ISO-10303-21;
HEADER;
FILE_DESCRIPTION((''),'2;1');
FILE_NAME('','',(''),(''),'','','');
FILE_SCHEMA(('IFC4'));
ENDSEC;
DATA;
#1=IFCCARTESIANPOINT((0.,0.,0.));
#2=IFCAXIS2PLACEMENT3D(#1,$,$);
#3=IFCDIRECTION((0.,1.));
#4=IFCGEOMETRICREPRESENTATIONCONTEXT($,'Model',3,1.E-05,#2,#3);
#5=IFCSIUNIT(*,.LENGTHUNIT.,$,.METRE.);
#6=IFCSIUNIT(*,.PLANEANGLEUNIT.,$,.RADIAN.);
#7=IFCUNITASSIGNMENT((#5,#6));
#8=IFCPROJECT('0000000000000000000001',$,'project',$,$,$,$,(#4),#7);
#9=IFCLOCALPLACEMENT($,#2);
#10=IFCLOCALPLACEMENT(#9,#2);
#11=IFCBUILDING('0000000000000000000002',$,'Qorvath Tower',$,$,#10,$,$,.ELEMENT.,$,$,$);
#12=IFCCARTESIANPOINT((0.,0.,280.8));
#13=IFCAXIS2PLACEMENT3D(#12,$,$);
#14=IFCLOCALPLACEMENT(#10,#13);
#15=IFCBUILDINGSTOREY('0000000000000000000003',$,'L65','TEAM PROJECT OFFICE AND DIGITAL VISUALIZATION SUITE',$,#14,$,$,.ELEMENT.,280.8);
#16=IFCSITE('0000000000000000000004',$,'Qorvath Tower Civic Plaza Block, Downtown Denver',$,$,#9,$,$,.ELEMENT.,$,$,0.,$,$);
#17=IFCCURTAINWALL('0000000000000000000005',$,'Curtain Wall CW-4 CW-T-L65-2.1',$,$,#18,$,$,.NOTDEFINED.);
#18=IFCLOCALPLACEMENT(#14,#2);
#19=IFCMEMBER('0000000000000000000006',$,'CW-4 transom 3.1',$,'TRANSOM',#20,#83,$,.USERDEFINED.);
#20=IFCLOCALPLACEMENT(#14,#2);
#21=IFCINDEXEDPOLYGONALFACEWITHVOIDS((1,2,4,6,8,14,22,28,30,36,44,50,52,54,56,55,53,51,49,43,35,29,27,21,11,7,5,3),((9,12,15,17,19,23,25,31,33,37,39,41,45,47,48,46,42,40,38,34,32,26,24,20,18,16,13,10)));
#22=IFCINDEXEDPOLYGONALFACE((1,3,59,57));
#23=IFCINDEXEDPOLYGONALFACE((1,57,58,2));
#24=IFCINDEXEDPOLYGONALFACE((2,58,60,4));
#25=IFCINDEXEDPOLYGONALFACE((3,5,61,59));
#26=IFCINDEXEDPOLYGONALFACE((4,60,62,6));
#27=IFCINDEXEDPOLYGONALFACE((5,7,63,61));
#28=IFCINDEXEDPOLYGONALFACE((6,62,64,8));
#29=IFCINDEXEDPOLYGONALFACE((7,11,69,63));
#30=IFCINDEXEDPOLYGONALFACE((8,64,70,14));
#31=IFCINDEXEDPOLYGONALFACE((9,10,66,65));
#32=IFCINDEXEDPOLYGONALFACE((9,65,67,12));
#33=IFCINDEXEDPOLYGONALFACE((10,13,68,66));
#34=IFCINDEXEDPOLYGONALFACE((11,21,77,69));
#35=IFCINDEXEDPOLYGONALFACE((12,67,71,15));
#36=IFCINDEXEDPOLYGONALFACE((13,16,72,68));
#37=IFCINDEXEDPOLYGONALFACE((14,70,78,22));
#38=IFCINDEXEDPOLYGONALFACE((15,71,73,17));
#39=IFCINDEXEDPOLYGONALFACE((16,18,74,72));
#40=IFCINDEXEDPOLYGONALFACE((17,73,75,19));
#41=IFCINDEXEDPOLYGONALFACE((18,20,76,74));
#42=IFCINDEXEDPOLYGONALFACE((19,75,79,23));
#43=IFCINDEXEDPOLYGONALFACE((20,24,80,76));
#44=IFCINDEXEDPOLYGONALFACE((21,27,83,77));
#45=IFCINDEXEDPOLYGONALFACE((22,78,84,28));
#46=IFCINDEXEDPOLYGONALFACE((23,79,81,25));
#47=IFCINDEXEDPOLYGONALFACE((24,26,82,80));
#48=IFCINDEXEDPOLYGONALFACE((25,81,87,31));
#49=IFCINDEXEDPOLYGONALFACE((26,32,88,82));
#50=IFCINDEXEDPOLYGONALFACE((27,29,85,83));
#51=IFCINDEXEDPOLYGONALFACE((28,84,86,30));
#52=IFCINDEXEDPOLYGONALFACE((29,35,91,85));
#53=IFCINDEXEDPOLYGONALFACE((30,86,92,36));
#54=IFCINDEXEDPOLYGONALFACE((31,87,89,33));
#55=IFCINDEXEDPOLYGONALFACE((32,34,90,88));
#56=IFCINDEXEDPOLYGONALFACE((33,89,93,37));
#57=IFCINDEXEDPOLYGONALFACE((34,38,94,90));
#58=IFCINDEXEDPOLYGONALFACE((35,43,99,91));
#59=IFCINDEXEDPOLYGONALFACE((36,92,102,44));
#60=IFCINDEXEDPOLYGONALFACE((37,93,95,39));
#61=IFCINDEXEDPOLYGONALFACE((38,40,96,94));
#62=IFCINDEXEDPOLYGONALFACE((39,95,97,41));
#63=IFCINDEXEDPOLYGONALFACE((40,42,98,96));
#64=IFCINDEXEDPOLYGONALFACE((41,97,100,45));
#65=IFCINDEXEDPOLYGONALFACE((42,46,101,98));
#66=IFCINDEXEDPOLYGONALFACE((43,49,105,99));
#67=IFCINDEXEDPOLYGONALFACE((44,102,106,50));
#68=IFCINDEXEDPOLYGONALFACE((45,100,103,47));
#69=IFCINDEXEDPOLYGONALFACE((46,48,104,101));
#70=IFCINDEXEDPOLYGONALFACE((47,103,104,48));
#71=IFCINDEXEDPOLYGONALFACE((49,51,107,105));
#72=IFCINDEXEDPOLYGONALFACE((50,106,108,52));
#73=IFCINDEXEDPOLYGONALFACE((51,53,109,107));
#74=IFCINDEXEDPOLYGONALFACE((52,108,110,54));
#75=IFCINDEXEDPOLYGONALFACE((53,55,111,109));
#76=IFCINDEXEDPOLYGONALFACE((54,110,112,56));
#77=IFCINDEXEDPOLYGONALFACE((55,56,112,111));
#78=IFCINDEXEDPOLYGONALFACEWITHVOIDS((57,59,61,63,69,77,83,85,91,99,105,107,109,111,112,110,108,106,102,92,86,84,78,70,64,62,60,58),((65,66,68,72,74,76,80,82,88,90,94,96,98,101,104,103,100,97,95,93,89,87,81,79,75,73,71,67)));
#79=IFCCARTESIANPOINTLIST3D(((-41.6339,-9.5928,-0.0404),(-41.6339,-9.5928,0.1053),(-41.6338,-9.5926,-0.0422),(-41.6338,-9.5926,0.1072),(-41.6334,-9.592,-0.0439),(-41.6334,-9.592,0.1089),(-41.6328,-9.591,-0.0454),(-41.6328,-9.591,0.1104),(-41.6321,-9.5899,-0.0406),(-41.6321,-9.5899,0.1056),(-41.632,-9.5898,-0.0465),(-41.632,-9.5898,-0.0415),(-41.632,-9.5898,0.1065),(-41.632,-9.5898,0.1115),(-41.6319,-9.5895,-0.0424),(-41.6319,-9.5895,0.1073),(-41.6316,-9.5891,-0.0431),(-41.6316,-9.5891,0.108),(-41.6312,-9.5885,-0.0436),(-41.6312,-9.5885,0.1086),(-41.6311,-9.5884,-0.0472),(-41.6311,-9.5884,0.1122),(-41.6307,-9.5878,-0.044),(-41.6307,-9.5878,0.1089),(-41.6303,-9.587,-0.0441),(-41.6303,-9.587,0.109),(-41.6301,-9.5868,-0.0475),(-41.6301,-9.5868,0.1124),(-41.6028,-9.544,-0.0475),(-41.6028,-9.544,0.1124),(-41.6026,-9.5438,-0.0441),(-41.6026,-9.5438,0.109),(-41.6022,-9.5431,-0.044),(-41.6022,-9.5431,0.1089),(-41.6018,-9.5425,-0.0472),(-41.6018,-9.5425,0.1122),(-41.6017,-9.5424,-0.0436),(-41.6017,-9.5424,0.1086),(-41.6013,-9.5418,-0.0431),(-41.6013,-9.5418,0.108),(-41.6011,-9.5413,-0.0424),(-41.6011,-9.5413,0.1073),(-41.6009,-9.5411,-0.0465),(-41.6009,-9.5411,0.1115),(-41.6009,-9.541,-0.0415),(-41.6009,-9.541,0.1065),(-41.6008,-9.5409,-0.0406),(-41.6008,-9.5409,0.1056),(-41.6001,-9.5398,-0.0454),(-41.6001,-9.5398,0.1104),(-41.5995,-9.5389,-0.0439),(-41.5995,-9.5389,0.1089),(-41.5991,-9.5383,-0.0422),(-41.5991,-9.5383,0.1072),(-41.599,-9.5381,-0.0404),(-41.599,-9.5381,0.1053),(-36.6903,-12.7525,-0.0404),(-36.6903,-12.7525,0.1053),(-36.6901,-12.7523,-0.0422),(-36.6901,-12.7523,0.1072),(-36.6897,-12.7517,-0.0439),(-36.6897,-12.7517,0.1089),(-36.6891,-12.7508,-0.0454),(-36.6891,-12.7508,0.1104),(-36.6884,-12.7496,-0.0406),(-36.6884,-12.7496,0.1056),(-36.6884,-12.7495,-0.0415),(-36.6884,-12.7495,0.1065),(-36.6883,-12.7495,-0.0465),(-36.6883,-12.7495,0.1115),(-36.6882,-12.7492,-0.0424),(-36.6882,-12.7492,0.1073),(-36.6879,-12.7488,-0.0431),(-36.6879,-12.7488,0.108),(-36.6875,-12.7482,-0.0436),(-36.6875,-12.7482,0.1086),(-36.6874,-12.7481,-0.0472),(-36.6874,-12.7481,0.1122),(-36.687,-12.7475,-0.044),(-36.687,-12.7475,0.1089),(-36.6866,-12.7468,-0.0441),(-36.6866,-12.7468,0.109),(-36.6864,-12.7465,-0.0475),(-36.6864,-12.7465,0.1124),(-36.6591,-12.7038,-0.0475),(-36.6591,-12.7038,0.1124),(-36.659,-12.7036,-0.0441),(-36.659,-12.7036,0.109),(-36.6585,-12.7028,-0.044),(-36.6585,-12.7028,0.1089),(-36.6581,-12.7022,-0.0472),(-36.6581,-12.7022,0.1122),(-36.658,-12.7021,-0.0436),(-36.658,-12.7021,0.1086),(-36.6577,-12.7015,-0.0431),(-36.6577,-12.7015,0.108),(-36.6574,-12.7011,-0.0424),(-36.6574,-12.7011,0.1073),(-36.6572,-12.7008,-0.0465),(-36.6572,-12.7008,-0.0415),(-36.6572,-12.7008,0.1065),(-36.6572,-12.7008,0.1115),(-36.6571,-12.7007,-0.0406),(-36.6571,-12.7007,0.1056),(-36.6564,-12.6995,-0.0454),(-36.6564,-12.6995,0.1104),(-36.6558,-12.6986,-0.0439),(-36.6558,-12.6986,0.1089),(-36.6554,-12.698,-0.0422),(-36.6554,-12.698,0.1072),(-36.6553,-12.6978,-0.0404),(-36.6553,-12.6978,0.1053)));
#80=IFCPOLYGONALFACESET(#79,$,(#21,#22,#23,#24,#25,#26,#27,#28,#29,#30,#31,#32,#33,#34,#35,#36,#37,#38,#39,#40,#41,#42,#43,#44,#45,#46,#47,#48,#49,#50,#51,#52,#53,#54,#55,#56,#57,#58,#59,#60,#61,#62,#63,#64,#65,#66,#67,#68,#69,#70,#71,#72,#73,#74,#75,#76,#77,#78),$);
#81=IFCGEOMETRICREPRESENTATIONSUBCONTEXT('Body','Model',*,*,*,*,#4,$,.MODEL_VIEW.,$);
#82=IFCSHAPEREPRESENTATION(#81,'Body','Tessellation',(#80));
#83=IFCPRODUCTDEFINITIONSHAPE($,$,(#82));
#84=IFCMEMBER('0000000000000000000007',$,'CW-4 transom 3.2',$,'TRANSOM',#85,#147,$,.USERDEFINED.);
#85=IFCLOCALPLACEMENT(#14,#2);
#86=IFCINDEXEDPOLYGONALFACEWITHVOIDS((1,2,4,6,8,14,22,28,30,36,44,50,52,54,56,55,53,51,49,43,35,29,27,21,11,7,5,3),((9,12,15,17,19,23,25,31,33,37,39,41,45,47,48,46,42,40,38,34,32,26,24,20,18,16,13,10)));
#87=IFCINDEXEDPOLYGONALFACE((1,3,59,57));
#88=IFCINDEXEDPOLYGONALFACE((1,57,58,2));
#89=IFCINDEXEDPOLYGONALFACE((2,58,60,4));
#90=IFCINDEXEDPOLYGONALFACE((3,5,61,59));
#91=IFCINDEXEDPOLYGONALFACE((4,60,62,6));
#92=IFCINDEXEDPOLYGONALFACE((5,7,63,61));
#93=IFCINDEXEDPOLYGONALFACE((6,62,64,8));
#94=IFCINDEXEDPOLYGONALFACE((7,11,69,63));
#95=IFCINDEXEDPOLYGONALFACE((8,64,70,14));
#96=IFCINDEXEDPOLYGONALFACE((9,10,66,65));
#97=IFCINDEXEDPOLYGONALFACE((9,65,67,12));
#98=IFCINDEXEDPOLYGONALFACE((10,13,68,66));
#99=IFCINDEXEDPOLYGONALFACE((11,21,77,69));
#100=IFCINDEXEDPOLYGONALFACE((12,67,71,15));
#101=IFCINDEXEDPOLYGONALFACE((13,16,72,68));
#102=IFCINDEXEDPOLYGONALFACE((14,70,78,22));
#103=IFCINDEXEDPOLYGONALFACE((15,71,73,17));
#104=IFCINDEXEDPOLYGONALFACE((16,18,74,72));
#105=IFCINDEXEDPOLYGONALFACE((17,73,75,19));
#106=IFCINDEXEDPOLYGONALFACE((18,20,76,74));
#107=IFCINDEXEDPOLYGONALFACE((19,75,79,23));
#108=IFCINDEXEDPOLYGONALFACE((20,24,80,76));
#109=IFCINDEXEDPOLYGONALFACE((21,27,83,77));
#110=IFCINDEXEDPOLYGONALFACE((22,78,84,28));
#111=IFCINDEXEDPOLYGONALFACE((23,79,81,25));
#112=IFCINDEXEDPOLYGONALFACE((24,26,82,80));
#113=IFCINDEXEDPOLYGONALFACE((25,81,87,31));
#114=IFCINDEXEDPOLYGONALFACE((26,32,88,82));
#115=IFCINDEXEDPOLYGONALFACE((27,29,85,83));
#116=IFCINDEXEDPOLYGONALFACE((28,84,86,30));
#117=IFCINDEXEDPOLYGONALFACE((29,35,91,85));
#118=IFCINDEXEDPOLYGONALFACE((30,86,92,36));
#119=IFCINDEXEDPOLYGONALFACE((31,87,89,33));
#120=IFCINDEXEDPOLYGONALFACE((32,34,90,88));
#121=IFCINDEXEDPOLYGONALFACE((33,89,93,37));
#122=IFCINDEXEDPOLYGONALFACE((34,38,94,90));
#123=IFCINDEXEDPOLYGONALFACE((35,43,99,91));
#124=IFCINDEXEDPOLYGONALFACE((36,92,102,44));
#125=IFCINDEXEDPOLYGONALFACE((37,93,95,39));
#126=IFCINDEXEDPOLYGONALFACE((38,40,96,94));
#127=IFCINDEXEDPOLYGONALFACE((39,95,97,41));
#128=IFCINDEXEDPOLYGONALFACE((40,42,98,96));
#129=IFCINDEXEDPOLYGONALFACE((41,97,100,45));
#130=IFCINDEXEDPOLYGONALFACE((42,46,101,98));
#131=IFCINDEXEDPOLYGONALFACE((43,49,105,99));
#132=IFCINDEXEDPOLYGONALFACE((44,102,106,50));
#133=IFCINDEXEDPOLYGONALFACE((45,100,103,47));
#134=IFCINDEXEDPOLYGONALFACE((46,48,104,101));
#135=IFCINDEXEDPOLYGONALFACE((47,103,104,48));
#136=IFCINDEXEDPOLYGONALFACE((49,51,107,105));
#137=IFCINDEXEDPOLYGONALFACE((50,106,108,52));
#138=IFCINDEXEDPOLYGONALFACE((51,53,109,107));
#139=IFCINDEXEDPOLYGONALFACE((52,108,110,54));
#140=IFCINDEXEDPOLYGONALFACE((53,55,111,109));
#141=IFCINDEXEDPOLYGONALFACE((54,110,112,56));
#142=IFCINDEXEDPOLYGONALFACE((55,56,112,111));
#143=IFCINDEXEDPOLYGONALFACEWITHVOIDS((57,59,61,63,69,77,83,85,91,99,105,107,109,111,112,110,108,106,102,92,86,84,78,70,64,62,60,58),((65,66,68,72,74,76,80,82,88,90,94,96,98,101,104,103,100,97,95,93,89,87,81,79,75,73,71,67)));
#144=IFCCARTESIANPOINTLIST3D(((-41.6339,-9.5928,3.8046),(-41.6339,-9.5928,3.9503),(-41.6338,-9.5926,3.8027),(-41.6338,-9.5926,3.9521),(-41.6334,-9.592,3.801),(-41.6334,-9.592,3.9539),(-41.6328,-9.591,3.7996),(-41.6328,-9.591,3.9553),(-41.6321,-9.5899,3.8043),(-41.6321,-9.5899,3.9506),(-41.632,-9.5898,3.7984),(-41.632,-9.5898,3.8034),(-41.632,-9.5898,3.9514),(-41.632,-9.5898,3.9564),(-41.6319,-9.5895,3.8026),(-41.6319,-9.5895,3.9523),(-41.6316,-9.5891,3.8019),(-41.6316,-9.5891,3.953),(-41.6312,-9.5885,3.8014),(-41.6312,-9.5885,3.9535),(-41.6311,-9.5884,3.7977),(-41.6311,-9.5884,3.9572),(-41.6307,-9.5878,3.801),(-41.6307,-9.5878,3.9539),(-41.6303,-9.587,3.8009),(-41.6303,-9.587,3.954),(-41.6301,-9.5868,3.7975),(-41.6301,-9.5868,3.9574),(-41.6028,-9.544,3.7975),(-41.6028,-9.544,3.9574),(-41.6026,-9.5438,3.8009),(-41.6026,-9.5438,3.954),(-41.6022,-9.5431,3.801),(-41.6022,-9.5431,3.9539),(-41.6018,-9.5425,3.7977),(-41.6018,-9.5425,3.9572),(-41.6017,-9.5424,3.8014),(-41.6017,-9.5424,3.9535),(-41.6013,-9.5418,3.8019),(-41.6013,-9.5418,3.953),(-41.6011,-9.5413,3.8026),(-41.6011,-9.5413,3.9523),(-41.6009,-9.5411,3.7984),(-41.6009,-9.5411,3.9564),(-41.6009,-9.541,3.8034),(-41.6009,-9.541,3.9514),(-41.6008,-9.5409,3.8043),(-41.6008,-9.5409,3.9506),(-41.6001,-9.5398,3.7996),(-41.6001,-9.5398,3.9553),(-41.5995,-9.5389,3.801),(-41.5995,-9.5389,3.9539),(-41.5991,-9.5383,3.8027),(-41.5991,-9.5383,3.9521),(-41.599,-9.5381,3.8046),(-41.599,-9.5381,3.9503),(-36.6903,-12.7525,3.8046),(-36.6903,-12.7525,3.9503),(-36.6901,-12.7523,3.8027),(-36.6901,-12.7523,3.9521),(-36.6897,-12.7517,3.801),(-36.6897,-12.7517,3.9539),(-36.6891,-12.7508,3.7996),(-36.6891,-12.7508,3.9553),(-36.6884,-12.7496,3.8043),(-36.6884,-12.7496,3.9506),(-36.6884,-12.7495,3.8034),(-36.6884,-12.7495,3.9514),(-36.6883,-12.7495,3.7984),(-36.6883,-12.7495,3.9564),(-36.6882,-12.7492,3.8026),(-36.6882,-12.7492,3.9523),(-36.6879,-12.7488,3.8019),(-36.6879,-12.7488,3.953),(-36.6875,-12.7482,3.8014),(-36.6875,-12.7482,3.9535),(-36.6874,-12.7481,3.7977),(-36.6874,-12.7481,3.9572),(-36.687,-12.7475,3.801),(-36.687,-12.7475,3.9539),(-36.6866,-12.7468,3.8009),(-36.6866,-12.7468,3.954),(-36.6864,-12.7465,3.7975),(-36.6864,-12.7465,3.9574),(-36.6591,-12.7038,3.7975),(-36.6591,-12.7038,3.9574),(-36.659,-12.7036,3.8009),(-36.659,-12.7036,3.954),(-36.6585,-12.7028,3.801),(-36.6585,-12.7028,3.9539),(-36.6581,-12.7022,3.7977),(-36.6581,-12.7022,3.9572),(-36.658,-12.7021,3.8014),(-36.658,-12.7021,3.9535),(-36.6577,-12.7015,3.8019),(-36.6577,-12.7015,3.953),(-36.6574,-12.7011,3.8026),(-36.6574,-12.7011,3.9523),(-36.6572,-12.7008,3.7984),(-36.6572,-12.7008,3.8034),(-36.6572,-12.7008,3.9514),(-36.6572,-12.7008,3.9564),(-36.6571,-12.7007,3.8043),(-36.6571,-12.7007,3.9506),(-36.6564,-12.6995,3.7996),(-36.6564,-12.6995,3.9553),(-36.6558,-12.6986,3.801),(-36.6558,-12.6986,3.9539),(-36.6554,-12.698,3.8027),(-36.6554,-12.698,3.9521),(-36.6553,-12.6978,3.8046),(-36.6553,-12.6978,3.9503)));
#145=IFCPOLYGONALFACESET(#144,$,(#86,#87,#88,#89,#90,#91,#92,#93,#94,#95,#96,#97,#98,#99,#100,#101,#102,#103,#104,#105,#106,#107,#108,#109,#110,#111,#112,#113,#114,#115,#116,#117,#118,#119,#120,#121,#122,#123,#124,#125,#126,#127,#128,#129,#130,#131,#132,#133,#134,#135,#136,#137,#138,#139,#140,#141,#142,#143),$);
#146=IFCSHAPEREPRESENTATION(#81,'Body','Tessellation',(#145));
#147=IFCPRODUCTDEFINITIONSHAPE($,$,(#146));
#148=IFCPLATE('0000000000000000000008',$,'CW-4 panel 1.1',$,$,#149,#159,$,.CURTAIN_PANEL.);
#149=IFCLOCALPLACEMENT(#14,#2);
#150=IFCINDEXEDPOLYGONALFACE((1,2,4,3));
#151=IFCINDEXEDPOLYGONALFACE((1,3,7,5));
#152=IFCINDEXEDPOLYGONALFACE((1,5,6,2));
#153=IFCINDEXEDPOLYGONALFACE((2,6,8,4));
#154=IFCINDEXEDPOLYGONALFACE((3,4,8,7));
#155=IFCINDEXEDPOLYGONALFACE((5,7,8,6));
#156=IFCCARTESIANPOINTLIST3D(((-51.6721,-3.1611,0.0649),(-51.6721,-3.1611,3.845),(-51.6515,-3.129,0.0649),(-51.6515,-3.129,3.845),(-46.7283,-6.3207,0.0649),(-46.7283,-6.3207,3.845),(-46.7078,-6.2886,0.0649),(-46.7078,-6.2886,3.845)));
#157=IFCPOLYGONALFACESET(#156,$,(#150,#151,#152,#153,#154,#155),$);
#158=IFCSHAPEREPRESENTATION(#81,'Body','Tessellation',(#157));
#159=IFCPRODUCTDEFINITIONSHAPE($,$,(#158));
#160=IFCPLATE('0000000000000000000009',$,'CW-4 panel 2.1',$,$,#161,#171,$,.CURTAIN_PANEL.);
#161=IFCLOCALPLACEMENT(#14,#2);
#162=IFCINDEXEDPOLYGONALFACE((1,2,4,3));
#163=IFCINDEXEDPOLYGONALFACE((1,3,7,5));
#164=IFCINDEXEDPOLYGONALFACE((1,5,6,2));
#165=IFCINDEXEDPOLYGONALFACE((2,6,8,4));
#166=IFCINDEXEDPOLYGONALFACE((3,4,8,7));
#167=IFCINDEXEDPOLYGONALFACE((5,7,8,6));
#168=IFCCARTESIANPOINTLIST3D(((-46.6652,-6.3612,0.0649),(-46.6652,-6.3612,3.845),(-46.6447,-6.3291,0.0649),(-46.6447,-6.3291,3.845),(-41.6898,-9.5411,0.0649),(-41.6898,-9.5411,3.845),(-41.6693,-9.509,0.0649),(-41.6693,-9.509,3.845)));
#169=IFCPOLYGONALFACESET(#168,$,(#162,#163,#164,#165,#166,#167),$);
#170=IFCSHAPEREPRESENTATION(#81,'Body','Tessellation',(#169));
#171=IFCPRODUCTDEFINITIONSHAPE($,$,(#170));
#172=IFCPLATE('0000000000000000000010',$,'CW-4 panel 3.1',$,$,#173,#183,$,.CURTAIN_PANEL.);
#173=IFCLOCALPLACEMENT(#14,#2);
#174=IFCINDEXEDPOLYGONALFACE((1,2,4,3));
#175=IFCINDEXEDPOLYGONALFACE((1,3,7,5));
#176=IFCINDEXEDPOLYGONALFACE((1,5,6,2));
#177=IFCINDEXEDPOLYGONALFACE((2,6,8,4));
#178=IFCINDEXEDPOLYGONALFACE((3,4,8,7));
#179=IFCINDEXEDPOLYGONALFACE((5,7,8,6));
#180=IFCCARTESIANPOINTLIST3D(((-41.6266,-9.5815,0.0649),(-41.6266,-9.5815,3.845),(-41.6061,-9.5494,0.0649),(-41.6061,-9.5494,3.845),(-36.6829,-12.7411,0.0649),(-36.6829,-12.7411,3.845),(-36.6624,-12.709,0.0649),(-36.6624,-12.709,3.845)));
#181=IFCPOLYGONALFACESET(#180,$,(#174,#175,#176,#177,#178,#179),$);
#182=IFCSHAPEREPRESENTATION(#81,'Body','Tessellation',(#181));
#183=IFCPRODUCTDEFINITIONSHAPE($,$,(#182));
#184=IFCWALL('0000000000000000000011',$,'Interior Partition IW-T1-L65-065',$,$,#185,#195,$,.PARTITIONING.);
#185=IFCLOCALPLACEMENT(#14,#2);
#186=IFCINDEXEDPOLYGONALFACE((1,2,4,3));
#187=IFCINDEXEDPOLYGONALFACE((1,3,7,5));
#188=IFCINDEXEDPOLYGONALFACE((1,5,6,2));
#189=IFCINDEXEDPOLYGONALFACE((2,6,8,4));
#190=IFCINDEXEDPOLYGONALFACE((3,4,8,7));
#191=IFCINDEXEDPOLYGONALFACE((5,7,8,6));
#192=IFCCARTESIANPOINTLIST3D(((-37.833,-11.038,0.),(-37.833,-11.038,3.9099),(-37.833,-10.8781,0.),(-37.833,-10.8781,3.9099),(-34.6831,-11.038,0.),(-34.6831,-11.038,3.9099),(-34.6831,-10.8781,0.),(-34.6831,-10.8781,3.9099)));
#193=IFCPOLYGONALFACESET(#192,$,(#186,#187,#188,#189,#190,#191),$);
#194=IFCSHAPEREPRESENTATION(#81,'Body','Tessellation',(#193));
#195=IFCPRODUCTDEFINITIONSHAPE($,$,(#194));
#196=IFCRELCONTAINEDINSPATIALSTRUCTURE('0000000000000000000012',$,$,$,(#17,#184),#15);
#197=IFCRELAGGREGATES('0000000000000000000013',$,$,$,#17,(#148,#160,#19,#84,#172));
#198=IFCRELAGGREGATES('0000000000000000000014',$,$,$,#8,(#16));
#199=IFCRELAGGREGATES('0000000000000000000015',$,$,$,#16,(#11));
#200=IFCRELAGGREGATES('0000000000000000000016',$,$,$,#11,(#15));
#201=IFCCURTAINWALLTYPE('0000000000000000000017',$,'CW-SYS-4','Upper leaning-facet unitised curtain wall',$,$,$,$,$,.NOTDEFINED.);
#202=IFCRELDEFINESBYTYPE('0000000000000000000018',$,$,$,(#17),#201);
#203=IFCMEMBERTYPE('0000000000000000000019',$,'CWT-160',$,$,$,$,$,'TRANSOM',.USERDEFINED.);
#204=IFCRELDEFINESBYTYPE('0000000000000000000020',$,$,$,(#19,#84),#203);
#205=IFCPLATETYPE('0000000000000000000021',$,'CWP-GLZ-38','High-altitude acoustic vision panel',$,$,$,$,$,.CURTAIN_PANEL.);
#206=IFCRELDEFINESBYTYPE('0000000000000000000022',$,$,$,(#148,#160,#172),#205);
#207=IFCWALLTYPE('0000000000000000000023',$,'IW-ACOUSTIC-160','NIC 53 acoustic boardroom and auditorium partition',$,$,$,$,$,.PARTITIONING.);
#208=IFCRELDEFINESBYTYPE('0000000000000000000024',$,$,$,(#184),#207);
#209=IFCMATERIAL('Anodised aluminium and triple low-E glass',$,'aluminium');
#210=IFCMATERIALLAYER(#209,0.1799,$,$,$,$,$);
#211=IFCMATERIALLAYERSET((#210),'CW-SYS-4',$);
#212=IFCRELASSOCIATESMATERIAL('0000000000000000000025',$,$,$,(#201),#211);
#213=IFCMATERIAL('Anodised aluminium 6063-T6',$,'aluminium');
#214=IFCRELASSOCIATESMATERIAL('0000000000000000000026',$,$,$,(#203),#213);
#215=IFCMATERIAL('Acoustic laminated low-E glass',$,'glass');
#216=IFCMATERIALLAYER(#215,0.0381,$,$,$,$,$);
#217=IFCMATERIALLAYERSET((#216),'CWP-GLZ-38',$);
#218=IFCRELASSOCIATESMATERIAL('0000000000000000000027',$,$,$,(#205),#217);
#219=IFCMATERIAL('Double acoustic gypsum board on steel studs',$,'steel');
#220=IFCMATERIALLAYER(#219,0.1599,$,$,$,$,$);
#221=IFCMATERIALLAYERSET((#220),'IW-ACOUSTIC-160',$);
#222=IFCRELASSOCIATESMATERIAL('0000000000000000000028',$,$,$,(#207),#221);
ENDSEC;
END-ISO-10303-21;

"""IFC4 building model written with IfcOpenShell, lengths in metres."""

from ifc_helpers import new_model, si_unit, direction, frame, frame_2d, origin, origin_2d, place, context, subcontext, project, spatial, rectangle, hollow_rectangle, extrude, material, layer, layer_set, material_profile, profile_set, type_object, element, aggregate, save


model = new_model("IFC4")

# Units and contexts
model_context = context("Model", 3, precision=1e-05, world=origin(), true_north=direction((0.0, 1.0)))
body_context = subcontext(model_context, "Body", "Model", "MODEL_VIEW")
ifc_project = project(units=[si_unit("LENGTHUNIT", "METRE"), si_unit("PLANEANGLEUNIT", "RADIAN")], contexts=[model_context])

# Site, building, storey
site_placement = place(None, origin())
site = spatial("IfcSite", under=ifc_project, at=site_placement, Name="Qorvath Tower Civic Plaza Block, Downtown Denver", CompositionType="ELEMENT", RefElevation=0.0)
building_placement = place(site_placement, origin())
building = spatial("IfcBuilding", under=site, at=building_placement, Name="Qorvath Tower", CompositionType="ELEMENT")
storey_placement = place(building_placement, frame((0.0, 0.0, 280.8)))
storey = spatial("IfcBuildingStorey", under=building, at=storey_placement, Name="L65", Description="TEAM PROJECT OFFICE AND DIGITAL VISUALIZATION SUITE", CompositionType="ELEMENT", Elevation=280.8)

# Curtain wall, members, plates
ifc_material_1 = material(Name="Anodised aluminium and triple low-E glass", Category="aluminium")
ifc_layer_1 = layer(ifc_material_1, 0.1799)
ifc_layer_set_1 = layer_set([ifc_layer_1], Name="CW-SYS-4")
curtain_wall_type = type_object("IfcCurtainWallType", Name="CW-SYS-4", Description="Upper leaning-facet unitised curtain wall", PredefinedType="NOTDEFINED", material=ifc_layer_set_1)
curtain_wall_placement = place(storey_placement, origin())
curtain_wall = element("IfcCurtainWall", 1, at=curtain_wall_placement, inside=storey, type_object=curtain_wall_type, Name="Curtain Wall CW-4 CW-T-L65-2.1", PredefinedType="NOTDEFINED")
ifc_material_2 = material(Name="Anodised aluminium 6063-T6", Category="aluminium")
ifc_material_profile_1 = material_profile(ifc_material_2, hollow_rectangle(XDim=0.0649, YDim=0.1599, WallThickness=0.0034, InnerFilletRadius=0.0034, OuterFilletRadius=0.0071, at=origin_2d()), Name="CWT 160x65")
ifc_profile_set_1 = profile_set([ifc_material_profile_1], Name="Anodised aluminium 6063-T6")
member_type_1 = type_object("IfcMemberType", Name="CWT-160", ElementType="TRANSOM", PredefinedType="USERDEFINED", material=ifc_profile_set_1)
member_1_placement = place(storey_placement, frame((-41.6165, -9.5654, 0.0325), z_axis=(0.842599, -0.538541, 0.0), x_axis=(0.538541, 0.842599, 0.0)))
member_1 = element("IfcMember", 2, at=member_1_placement, type_object=member_type_1, Name="CW-4 transom 3.1", ObjectType="TRANSOM", PredefinedType="USERDEFINED", context=body_context, shape_type="SweptSolid", body=[
    extrude(hollow_rectangle(XDim=0.0649, YDim=0.1599, WallThickness=0.0034, InnerFilletRadius=0.0034, OuterFilletRadius=0.0071, at=origin_2d()), origin(), (0.0, 0.0, 1.0), 5.8672),
])
member_2_placement = place(storey_placement, frame((-41.6165, -9.5654, 3.8774), z_axis=(0.842599, -0.538541, 0.0), x_axis=(0.538541, 0.842599, 0.0)))
member_2 = element("IfcMember", 3, at=member_2_placement, type_object=member_type_1, Name="CW-4 transom 3.2", ObjectType="TRANSOM", PredefinedType="USERDEFINED", context=body_context, shape_type="SweptSolid", body=[
    extrude(hollow_rectangle(XDim=0.0649, YDim=0.1599, WallThickness=0.0034, InnerFilletRadius=0.0034, OuterFilletRadius=0.0071, at=origin_2d()), origin(), (0.0, 0.0, 1.0), 5.8672),
])
ifc_material_3 = material(Name="Acoustic laminated low-E glass", Category="glass")
ifc_layer_2 = layer(ifc_material_3, 0.0381)
ifc_layer_set_2 = layer_set([ifc_layer_2], Name="CWP-GLZ-38")
plate_type = type_object("IfcPlateType", Name="CWP-GLZ-38", Description="High-altitude acoustic vision panel", PredefinedType="CURTAIN_PANEL", material=ifc_layer_set_2)
plate_1_placement = place(storey_placement, frame((-49.1899, -4.7249, 0.0649), z_axis=(0.0, 0.0, 1.0), x_axis=(0.842606, -0.538531, 0.0)))
plate_1 = element("IfcPlate", 4, at=plate_1_placement, type_object=plate_type, Name="CW-4 panel 1.1", PredefinedType="CURTAIN_PANEL", context=body_context, shape_type="SweptSolid", body=[
    extrude(rectangle(XDim=5.8672, YDim=0.0381, at=origin_2d()), origin(), (0.0, 0.0, 1.0), 3.78),
])
plate_2_placement = place(storey_placement, frame((-44.1672, -7.9351, 0.0649), z_axis=(0.0, 0.0, 1.0), x_axis=(0.842606, -0.538531, 0.0)))
plate_2 = element("IfcPlate", 5, at=plate_2_placement, type_object=plate_type, Name="CW-4 panel 2.1", PredefinedType="CURTAIN_PANEL", context=body_context, shape_type="SweptSolid", body=[
    extrude(rectangle(XDim=5.9048, YDim=0.0381, at=origin_2d()), origin(), (0.0, 0.0, 1.0), 3.78),
])
plate_3_placement = place(storey_placement, frame((-39.1445, -11.1453, 0.0649), z_axis=(0.0, 0.0, 1.0), x_axis=(0.842606, -0.538531, 0.0)))
plate_3 = element("IfcPlate", 6, at=plate_3_placement, type_object=plate_type, Name="CW-4 panel 3.1", PredefinedType="CURTAIN_PANEL", context=body_context, shape_type="SweptSolid", body=[
    extrude(rectangle(XDim=5.8672, YDim=0.0381, at=origin_2d()), origin(), (0.0, 0.0, 1.0), 3.78),
])
aggregate(curtain_wall, [plate_1, plate_2, member_1, member_2, plate_3])

# Wall
ifc_material_4 = material(Name="Double acoustic gypsum board on steel studs", Category="steel")
ifc_layer_3 = layer(ifc_material_4, 0.1599)
ifc_layer_set_3 = layer_set([ifc_layer_3], Name="IW-ACOUSTIC-160")
wall_type_1 = type_object("IfcWallType", Name="IW-ACOUSTIC-160", Description="NIC 53 acoustic boardroom and auditorium partition", PredefinedType="PARTITIONING", material=ifc_layer_set_3)
wall_1_placement = place(storey_placement, frame((-37.833, -10.958, 0.0), z_axis=(0.0, 0.0, 1.0), x_axis=(1.0, 0.0, 0.0)))
element("IfcWall", 7, at=wall_1_placement, inside=storey, type_object=wall_type_1, Name="Interior Partition IW-T1-L65-065", PredefinedType="PARTITIONING", context=body_context, shape_type="SweptSolid", body=[
    extrude(rectangle(XDim=3.1499, YDim=0.1599, at=frame_2d((1.575, 0.0))), origin(), (0.0, 0.0, 1.0), 3.9099),
])

save(model, "model.ifc")
